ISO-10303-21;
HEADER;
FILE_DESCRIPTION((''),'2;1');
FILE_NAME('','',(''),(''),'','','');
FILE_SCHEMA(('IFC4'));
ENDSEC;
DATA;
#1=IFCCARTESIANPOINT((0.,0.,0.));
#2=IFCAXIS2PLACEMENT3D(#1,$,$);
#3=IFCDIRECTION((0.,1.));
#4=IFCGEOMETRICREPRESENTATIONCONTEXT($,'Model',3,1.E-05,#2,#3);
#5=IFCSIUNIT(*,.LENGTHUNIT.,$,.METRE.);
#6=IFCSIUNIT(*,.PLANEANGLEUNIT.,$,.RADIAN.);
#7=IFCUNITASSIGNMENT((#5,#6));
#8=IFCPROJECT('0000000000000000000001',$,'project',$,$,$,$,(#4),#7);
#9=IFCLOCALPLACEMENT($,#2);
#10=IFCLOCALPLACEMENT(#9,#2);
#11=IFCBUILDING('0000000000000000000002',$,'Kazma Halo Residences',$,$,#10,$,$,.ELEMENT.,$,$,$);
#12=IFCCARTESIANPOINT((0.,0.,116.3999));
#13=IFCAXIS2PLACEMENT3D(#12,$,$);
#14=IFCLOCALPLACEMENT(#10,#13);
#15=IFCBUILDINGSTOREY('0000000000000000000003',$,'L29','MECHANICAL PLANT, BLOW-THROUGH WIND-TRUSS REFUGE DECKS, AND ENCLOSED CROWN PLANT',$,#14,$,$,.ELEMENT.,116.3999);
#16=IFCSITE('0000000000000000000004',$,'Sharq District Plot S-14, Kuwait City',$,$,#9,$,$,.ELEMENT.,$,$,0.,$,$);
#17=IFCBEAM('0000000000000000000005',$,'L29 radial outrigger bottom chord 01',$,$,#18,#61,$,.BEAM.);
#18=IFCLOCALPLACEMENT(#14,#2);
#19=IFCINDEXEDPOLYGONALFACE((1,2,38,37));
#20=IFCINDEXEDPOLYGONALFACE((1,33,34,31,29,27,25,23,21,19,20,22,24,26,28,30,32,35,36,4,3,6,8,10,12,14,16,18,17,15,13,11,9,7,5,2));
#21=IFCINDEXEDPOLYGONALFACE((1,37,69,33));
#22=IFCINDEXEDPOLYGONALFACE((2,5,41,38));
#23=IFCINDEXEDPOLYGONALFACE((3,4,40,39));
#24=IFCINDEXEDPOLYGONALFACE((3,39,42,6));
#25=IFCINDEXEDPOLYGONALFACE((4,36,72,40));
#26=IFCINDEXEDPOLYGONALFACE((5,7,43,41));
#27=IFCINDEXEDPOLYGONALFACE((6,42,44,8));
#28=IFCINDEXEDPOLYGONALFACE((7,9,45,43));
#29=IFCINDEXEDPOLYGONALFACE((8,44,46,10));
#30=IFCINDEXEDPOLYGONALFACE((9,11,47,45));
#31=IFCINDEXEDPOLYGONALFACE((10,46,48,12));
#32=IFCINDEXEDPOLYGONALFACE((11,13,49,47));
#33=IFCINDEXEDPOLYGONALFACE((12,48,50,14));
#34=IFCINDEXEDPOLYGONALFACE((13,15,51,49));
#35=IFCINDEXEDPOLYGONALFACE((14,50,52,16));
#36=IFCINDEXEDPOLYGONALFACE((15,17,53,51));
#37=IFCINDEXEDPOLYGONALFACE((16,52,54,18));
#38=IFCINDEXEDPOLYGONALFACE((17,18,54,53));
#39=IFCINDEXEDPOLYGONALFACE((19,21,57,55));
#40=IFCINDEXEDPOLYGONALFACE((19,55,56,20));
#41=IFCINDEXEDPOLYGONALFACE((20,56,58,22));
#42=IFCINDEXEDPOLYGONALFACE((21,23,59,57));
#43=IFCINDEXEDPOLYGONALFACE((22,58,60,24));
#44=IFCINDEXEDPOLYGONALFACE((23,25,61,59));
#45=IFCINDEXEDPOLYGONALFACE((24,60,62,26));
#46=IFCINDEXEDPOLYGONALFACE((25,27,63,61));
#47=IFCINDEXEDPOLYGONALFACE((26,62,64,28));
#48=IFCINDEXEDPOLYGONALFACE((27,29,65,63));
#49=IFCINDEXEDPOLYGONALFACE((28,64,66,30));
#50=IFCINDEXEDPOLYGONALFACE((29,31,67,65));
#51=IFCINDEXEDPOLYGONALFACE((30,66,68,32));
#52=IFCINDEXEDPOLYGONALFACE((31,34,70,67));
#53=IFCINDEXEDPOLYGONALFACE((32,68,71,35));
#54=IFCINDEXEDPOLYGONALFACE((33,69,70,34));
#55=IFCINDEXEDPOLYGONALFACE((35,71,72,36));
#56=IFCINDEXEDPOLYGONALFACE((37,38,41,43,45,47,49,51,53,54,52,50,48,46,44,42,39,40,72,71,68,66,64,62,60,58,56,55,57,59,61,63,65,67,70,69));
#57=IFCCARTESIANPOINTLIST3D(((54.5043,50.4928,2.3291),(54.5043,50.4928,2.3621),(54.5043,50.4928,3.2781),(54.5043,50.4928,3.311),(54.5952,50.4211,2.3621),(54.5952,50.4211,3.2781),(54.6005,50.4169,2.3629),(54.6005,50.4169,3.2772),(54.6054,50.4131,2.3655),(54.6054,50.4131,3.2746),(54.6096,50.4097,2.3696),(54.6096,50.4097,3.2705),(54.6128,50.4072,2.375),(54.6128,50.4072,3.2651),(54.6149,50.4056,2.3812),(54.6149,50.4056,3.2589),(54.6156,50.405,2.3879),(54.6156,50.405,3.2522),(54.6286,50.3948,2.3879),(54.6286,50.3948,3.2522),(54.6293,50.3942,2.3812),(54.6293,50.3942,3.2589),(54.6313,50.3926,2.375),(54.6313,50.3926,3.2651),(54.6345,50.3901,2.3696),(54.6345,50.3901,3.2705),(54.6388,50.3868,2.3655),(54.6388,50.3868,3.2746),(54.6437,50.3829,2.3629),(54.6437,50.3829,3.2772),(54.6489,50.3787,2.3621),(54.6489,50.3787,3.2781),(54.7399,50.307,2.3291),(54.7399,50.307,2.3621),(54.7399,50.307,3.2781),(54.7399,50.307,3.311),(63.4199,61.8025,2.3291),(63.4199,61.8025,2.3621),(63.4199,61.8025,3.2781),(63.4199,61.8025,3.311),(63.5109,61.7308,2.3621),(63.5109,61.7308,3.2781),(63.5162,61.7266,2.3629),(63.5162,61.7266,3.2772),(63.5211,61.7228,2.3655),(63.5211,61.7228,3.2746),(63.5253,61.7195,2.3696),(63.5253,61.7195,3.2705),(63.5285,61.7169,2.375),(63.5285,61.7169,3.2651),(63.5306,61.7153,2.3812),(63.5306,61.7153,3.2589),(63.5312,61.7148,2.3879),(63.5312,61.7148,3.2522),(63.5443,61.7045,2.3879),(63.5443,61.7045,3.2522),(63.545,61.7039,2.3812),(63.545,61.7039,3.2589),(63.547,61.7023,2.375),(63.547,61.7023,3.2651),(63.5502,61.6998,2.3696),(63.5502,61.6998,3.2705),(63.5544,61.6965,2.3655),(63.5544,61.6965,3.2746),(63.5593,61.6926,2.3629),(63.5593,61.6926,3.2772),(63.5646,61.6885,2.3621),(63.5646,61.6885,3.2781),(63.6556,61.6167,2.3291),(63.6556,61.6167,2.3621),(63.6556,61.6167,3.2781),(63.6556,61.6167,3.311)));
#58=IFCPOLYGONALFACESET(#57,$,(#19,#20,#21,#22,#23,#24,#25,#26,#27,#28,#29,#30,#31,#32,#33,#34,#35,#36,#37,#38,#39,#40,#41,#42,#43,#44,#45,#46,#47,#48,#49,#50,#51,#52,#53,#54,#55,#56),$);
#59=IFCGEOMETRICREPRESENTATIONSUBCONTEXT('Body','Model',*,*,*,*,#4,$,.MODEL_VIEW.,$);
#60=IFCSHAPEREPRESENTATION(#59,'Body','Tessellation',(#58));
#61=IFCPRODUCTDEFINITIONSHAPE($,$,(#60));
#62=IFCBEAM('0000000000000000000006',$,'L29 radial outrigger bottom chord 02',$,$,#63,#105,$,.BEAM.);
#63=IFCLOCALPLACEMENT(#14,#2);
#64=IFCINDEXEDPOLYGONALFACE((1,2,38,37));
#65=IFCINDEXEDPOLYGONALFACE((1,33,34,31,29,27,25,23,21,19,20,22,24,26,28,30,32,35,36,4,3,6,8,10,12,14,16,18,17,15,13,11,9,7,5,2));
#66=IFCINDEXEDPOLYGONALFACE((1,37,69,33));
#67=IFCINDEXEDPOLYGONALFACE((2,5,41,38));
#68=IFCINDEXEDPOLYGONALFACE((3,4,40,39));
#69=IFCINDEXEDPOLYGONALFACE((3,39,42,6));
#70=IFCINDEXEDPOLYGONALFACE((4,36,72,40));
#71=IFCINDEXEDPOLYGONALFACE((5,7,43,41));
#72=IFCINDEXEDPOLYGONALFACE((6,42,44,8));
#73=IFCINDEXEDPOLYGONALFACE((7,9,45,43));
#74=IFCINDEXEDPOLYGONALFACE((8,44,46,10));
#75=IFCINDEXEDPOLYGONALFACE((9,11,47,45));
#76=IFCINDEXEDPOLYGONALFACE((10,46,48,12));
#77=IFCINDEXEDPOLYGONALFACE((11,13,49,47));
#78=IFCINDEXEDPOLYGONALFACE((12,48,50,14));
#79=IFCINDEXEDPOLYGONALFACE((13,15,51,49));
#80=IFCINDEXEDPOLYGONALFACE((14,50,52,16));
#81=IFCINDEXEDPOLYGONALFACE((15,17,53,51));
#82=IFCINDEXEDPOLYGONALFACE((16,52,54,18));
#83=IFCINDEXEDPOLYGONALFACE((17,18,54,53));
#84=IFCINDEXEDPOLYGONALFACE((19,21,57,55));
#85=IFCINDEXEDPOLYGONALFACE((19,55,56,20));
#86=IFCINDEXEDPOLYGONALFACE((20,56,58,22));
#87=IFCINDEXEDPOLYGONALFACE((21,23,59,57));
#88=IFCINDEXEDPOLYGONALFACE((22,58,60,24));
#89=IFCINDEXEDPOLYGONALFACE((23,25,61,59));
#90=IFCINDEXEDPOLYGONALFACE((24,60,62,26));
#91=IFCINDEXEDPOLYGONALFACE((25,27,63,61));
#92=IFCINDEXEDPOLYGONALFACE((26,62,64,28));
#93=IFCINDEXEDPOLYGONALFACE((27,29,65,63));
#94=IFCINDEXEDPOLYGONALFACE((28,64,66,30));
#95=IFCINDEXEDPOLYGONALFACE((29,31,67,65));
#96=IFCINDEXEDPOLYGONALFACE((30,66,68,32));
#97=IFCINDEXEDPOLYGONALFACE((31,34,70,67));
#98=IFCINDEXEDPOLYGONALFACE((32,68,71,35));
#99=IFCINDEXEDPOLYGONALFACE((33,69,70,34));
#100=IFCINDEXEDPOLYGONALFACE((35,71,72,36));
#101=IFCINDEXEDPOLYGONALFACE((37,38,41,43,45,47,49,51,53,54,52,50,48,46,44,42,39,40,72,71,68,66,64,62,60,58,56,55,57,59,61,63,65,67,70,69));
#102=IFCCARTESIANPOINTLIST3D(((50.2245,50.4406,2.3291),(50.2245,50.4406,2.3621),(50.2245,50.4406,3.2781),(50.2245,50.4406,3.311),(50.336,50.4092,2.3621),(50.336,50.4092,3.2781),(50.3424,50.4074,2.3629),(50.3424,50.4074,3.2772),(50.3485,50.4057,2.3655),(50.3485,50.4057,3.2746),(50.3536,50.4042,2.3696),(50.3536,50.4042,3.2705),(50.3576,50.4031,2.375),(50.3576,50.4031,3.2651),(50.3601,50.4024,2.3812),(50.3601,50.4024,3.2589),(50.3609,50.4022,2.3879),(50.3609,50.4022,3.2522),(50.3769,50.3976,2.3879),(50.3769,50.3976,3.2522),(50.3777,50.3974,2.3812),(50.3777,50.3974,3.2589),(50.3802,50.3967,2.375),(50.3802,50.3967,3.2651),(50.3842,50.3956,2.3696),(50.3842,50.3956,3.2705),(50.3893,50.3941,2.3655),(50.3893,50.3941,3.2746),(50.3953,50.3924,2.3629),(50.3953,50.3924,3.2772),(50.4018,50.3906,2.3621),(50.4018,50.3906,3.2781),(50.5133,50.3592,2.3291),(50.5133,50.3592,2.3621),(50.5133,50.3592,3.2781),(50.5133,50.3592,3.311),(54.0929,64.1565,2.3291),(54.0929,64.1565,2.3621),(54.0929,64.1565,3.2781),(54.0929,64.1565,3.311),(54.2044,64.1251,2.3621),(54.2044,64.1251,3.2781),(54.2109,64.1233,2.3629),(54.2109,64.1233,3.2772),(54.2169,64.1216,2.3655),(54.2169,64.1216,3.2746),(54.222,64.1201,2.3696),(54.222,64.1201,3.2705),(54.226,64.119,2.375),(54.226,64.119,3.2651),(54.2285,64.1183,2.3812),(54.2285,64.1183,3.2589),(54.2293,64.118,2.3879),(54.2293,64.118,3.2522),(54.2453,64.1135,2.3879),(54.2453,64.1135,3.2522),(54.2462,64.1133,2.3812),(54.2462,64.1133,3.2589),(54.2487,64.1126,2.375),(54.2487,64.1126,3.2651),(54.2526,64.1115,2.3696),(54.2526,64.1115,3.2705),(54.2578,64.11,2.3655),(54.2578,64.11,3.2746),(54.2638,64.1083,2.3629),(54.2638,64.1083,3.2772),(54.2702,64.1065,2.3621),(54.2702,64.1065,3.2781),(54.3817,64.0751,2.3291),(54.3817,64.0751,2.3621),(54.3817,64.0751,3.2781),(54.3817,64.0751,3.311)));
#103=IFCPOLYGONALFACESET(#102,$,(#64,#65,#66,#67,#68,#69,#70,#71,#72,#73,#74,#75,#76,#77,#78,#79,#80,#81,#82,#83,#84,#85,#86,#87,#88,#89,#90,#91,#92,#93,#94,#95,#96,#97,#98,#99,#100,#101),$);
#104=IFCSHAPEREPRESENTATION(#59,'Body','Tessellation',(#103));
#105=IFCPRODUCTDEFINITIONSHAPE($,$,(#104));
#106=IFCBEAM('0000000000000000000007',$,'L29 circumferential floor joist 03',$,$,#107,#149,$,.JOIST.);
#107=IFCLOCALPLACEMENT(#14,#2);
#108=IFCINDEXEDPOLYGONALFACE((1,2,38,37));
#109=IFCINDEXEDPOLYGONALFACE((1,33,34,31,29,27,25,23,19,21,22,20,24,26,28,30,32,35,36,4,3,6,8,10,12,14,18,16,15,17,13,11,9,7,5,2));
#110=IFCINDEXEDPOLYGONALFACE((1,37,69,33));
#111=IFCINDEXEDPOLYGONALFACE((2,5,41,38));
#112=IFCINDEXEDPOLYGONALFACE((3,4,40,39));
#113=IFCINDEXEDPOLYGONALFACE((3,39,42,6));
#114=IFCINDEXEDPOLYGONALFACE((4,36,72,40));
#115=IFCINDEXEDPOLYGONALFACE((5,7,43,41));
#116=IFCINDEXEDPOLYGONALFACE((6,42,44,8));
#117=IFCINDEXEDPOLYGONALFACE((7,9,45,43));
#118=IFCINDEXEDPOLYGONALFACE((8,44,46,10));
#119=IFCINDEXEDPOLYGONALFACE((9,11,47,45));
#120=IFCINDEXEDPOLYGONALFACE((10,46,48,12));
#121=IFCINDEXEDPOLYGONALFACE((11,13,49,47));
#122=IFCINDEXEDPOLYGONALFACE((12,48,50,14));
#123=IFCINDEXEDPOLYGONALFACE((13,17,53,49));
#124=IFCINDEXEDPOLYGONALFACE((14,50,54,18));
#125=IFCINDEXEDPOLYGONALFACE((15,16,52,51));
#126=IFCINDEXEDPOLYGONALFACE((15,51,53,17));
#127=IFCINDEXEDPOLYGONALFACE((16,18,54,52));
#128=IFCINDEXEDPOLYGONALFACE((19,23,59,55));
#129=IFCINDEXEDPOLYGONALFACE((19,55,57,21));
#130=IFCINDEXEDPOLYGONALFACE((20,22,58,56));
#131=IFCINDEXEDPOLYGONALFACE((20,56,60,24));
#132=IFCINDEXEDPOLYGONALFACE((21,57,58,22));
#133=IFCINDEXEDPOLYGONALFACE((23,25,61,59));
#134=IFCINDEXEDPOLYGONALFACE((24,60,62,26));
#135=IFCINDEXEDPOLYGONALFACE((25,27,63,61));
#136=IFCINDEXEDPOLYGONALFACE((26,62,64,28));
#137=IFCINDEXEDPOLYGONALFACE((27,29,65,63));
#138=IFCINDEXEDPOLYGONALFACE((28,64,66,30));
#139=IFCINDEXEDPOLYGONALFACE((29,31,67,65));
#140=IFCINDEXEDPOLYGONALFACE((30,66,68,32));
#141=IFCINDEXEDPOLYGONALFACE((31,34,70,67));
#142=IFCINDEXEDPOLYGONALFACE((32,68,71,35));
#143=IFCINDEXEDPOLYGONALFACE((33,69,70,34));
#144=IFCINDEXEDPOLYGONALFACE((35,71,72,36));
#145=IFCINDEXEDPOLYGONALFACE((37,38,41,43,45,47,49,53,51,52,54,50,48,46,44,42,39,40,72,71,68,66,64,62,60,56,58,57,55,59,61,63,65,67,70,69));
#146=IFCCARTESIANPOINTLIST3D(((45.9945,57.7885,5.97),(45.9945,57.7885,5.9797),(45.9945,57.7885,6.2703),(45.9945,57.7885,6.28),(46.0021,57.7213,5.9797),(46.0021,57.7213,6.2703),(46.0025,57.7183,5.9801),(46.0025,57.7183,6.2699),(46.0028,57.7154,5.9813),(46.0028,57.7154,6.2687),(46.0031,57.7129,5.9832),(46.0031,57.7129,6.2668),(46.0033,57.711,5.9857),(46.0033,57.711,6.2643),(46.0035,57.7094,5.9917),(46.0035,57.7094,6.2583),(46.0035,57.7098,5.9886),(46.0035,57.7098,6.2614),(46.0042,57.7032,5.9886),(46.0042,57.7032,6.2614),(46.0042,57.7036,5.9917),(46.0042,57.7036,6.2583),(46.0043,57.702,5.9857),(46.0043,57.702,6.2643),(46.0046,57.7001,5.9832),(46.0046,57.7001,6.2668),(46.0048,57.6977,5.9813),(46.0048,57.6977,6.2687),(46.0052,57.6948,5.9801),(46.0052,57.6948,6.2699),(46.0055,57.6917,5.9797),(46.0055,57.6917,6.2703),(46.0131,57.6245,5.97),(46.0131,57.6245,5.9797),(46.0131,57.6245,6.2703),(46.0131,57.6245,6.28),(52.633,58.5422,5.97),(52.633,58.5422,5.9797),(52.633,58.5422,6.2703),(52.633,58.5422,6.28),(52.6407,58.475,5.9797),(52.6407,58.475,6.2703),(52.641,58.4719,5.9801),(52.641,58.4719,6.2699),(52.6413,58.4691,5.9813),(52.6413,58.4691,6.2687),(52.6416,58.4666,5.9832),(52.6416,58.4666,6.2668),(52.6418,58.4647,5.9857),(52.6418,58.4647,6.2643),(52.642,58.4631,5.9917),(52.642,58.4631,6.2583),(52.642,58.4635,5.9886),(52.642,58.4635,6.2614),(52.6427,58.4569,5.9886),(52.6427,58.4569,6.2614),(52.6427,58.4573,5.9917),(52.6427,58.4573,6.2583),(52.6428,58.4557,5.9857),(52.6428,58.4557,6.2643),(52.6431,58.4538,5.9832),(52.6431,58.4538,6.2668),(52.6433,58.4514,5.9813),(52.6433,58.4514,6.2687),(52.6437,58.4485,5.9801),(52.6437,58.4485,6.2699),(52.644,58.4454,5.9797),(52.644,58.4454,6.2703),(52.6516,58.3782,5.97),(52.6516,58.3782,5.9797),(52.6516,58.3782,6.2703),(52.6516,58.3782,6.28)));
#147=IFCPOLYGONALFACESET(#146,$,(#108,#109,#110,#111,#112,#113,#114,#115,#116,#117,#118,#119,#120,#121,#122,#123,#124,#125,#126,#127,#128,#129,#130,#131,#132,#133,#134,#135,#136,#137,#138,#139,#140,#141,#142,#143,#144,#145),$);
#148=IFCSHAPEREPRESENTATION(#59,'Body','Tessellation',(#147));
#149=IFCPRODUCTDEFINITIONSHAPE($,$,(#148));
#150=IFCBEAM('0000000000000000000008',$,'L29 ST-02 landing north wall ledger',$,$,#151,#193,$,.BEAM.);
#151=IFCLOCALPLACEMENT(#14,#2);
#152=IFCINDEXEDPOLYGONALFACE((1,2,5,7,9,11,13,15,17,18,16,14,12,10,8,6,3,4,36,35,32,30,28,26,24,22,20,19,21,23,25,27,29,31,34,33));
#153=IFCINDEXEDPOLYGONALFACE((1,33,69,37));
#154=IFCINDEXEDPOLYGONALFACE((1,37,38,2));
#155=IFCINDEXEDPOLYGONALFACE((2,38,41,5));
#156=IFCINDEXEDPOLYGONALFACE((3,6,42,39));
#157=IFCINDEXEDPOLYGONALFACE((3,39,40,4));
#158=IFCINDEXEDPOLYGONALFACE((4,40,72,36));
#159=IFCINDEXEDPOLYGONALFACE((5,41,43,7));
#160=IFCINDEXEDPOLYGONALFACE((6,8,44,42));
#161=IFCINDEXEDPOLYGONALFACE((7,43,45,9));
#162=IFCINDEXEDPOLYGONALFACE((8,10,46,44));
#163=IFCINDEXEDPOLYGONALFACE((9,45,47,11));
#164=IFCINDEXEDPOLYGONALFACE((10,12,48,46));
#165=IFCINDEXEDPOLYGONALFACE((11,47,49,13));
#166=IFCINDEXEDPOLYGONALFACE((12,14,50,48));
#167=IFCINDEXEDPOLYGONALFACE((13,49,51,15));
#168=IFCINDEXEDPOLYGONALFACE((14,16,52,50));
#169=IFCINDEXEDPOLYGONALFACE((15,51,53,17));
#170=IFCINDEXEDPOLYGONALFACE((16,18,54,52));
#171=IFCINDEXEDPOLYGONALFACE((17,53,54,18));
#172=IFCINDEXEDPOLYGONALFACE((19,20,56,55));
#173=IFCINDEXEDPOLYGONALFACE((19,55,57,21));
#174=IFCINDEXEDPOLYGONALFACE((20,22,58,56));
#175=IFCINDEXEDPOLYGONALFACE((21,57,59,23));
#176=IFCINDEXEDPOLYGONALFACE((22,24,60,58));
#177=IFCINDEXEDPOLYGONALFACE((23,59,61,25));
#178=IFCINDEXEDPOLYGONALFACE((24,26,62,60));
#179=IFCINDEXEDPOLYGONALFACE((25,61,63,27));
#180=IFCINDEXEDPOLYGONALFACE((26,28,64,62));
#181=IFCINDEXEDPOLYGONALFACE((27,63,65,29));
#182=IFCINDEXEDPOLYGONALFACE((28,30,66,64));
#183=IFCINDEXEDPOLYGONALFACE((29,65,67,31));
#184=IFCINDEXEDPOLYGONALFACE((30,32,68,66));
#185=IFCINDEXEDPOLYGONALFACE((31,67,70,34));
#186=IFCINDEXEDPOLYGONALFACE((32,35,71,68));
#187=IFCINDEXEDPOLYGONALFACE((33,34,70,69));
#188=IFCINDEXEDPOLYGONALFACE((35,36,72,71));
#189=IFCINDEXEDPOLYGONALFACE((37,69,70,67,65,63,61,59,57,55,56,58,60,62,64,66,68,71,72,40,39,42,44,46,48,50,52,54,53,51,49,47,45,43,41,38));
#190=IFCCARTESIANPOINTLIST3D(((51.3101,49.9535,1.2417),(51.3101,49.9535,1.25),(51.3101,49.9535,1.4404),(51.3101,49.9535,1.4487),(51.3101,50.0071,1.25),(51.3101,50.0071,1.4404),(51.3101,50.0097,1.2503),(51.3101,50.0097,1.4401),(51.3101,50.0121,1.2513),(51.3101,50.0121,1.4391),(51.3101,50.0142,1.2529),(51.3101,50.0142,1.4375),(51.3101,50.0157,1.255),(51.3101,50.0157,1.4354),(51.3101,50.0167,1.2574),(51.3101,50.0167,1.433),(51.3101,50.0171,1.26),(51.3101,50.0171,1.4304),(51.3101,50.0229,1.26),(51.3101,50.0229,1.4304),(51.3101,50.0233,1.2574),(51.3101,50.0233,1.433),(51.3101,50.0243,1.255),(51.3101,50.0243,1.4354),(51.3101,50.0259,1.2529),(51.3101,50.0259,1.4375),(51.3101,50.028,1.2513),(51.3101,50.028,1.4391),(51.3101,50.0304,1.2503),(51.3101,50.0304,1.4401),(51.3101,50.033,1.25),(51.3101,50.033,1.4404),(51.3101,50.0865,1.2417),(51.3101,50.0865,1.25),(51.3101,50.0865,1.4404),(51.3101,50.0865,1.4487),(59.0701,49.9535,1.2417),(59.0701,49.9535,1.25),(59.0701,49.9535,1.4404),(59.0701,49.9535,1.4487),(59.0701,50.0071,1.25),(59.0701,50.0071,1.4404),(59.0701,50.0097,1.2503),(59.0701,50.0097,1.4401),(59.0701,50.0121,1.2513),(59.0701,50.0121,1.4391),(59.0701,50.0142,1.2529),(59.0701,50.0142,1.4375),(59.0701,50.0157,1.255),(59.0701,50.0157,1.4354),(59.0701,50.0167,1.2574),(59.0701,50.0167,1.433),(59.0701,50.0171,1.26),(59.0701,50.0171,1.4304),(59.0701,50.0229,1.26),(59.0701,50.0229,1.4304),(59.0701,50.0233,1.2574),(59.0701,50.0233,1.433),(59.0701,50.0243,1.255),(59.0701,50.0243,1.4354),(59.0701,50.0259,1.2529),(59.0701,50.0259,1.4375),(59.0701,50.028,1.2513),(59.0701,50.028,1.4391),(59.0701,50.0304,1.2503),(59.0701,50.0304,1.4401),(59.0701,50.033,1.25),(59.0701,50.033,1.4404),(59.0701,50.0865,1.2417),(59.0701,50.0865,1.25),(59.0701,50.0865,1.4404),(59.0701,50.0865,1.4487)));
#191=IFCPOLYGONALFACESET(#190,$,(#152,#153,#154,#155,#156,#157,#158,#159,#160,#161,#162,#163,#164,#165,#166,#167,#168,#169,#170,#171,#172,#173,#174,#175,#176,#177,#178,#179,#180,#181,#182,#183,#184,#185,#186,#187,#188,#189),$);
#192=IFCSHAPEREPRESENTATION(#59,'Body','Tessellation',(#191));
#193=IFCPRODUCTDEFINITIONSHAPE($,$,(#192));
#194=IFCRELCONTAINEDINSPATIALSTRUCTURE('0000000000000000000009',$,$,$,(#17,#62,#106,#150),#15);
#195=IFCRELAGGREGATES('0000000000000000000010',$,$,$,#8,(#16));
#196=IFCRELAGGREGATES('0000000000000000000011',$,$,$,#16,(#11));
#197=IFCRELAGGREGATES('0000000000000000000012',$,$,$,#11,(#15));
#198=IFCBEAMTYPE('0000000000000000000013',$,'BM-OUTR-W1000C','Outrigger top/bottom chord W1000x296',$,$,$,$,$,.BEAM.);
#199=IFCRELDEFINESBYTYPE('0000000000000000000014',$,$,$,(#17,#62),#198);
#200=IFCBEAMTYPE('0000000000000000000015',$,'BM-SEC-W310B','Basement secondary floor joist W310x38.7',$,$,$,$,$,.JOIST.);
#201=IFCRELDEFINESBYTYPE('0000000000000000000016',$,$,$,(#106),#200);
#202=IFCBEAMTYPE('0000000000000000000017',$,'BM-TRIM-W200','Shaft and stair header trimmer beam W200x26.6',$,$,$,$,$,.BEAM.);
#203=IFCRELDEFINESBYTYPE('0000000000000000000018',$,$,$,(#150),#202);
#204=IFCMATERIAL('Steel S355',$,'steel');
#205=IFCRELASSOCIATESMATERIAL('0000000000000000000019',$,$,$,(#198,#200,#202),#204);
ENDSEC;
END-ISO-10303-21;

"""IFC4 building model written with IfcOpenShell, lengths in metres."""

from ifc_helpers import new_model, si_unit, direction, frame, origin, origin_2d, place, context, subcontext, project, spatial, i_section, extrude, material, material_profile, profile_set, type_object, element, save


model = new_model("IFC4")

# Units and contexts
model_context = context("Model", 3, precision=1e-05, world=origin(), true_north=direction((0.0, 1.0)))
body_context = subcontext(model_context, "Body", "Model", "MODEL_VIEW")
ifc_project = project(units=[si_unit("LENGTHUNIT", "METRE"), si_unit("PLANEANGLEUNIT", "RADIAN")], contexts=[model_context])

# Site, building, storey
site_placement = place(None, origin())
site = spatial("IfcSite", under=ifc_project, at=site_placement, Name="Sharq District Plot S-14, Kuwait City", CompositionType="ELEMENT", RefElevation=0.0)
building_placement = place(site_placement, origin())
building = spatial("IfcBuilding", under=site, at=building_placement, Name="Kazma Halo Residences", CompositionType="ELEMENT")
storey_placement = place(building_placement, frame((0.0, 0.0, 116.3999)))
storey = spatial("IfcBuildingStorey", under=building, at=storey_placement, Name="L29", Description="MECHANICAL PLANT, BLOW-THROUGH WIND-TRUSS REFUGE DECKS, AND ENCLOSED CROWN PLANT", CompositionType="ELEMENT", Elevation=116.3999)

# Beams
ifc_material_1 = material(Name="Steel S355", Category="steel")
ifc_material_profile_1 = material_profile(ifc_material_1, i_section(OverallWidth=0.3, OverallDepth=0.9819, WebThickness=0.0166, FlangeThickness=0.033, FilletRadius=0.0259, at=origin_2d()), Name="W1000x296")
ifc_profile_set_1 = profile_set([ifc_material_profile_1], Name="Steel S355")
beam_type_1 = type_object("IfcBeamType", Name="BM-OUTR-W1000C", Description="Outrigger top/bottom chord W1000x296", PredefinedType="BEAM", material=ifc_profile_set_1)
beam_1_placement = place(storey_placement, frame((54.6221, 50.3999, 2.8201), z_axis=(0.619087, 0.785323, 0.0), x_axis=(-0.785323, 0.619087, 0.0)))
element("IfcBeam", 1, at=beam_1_placement, inside=storey, type_object=beam_type_1, Name="L29 radial outrigger bottom chord 01", PredefinedType="BEAM", context=body_context, shape_type="SweptSolid", body=[
    extrude(i_section(OverallWidth=0.3, OverallDepth=0.9819, WebThickness=0.0166, FlangeThickness=0.033, FilletRadius=0.0259, at=origin_2d()), origin(), (0.0, 0.0, 1.0), 14.4014),
])
beam_2_placement = place(storey_placement, frame((50.3689, 50.3999, 2.8201), z_axis=(0.27145, 0.962453, 0.0), x_axis=(-0.962453, 0.27145, 0.0)))
element("IfcBeam", 2, at=beam_2_placement, inside=storey, type_object=beam_type_1, Name="L29 radial outrigger bottom chord 02", PredefinedType="BEAM", context=body_context, shape_type="SweptSolid", body=[
    extrude(i_section(OverallWidth=0.3, OverallDepth=0.9819, WebThickness=0.0166, FlangeThickness=0.033, FilletRadius=0.0259, at=origin_2d()), origin(), (0.0, 0.0, 1.0), 14.251),
])
ifc_material_profile_2 = material_profile(ifc_material_1, i_section(OverallWidth=0.165, OverallDepth=0.3101, WebThickness=0.0059, FlangeThickness=0.0098, FilletRadius=0.012, at=origin_2d()), Name="W310x38.7")
ifc_profile_set_2 = profile_set([ifc_material_profile_2], Name="Steel S355")
beam_type_2 = type_object("IfcBeamType", Name="BM-SEC-W310B", Description="Basement secondary floor joist W310x38.7", PredefinedType="JOIST", material=ifc_profile_set_2)
beam_3_placement = place(storey_placement, frame((52.6423, 58.4602, 6.125), z_axis=(-0.993617, -0.112806, 0.0), x_axis=(0.112806, -0.993617, 0.0)))
element("IfcBeam", 3, at=beam_3_placement, inside=storey, type_object=beam_type_2, Name="L29 circumferential floor joist 03", PredefinedType="JOIST", context=body_context, shape_type="SweptSolid", body=[
    extrude(i_section(OverallWidth=0.165, OverallDepth=0.3101, WebThickness=0.0059, FlangeThickness=0.0098, FilletRadius=0.012, at=origin_2d()), origin(), (0.0, 0.0, 1.0), 6.6812),
])
ifc_material_profile_3 = material_profile(ifc_material_1, i_section(OverallWidth=0.1331, OverallDepth=0.207, WebThickness=0.0059, FlangeThickness=0.0083, FilletRadius=0.01, at=origin_2d()), Name="W200x26.6")
ifc_profile_set_3 = profile_set([ifc_material_profile_3], Name="Steel S355")
beam_type_3 = type_object("IfcBeamType", Name="BM-TRIM-W200", Description="Shaft and stair header trimmer beam W200x26.6", PredefinedType="BEAM", material=ifc_profile_set_3)
for number, where, z_axis, x_axis, name in (
    (4, (51.3101, 50.02, 1.3452), (1.0, 0.0, 0.0), (0.0, 1.0, 0.0), "L29 ST-02 landing north wall ledger"),
):
    element("IfcBeam", number, at=place(storey_placement, frame(where, z_axis=z_axis, x_axis=x_axis)), inside=storey, type_object=beam_type_3, Name=name, PredefinedType="BEAM", context=body_context, shape_type="SweptSolid", body=[
        extrude(i_section(OverallWidth=0.1331, OverallDepth=0.207, WebThickness=0.0059, FlangeThickness=0.0083, FilletRadius=0.01, at=origin_2d()), origin(), (0.0, 0.0, 1.0), 7.76),
    ])

save(model, "model.ifc")
